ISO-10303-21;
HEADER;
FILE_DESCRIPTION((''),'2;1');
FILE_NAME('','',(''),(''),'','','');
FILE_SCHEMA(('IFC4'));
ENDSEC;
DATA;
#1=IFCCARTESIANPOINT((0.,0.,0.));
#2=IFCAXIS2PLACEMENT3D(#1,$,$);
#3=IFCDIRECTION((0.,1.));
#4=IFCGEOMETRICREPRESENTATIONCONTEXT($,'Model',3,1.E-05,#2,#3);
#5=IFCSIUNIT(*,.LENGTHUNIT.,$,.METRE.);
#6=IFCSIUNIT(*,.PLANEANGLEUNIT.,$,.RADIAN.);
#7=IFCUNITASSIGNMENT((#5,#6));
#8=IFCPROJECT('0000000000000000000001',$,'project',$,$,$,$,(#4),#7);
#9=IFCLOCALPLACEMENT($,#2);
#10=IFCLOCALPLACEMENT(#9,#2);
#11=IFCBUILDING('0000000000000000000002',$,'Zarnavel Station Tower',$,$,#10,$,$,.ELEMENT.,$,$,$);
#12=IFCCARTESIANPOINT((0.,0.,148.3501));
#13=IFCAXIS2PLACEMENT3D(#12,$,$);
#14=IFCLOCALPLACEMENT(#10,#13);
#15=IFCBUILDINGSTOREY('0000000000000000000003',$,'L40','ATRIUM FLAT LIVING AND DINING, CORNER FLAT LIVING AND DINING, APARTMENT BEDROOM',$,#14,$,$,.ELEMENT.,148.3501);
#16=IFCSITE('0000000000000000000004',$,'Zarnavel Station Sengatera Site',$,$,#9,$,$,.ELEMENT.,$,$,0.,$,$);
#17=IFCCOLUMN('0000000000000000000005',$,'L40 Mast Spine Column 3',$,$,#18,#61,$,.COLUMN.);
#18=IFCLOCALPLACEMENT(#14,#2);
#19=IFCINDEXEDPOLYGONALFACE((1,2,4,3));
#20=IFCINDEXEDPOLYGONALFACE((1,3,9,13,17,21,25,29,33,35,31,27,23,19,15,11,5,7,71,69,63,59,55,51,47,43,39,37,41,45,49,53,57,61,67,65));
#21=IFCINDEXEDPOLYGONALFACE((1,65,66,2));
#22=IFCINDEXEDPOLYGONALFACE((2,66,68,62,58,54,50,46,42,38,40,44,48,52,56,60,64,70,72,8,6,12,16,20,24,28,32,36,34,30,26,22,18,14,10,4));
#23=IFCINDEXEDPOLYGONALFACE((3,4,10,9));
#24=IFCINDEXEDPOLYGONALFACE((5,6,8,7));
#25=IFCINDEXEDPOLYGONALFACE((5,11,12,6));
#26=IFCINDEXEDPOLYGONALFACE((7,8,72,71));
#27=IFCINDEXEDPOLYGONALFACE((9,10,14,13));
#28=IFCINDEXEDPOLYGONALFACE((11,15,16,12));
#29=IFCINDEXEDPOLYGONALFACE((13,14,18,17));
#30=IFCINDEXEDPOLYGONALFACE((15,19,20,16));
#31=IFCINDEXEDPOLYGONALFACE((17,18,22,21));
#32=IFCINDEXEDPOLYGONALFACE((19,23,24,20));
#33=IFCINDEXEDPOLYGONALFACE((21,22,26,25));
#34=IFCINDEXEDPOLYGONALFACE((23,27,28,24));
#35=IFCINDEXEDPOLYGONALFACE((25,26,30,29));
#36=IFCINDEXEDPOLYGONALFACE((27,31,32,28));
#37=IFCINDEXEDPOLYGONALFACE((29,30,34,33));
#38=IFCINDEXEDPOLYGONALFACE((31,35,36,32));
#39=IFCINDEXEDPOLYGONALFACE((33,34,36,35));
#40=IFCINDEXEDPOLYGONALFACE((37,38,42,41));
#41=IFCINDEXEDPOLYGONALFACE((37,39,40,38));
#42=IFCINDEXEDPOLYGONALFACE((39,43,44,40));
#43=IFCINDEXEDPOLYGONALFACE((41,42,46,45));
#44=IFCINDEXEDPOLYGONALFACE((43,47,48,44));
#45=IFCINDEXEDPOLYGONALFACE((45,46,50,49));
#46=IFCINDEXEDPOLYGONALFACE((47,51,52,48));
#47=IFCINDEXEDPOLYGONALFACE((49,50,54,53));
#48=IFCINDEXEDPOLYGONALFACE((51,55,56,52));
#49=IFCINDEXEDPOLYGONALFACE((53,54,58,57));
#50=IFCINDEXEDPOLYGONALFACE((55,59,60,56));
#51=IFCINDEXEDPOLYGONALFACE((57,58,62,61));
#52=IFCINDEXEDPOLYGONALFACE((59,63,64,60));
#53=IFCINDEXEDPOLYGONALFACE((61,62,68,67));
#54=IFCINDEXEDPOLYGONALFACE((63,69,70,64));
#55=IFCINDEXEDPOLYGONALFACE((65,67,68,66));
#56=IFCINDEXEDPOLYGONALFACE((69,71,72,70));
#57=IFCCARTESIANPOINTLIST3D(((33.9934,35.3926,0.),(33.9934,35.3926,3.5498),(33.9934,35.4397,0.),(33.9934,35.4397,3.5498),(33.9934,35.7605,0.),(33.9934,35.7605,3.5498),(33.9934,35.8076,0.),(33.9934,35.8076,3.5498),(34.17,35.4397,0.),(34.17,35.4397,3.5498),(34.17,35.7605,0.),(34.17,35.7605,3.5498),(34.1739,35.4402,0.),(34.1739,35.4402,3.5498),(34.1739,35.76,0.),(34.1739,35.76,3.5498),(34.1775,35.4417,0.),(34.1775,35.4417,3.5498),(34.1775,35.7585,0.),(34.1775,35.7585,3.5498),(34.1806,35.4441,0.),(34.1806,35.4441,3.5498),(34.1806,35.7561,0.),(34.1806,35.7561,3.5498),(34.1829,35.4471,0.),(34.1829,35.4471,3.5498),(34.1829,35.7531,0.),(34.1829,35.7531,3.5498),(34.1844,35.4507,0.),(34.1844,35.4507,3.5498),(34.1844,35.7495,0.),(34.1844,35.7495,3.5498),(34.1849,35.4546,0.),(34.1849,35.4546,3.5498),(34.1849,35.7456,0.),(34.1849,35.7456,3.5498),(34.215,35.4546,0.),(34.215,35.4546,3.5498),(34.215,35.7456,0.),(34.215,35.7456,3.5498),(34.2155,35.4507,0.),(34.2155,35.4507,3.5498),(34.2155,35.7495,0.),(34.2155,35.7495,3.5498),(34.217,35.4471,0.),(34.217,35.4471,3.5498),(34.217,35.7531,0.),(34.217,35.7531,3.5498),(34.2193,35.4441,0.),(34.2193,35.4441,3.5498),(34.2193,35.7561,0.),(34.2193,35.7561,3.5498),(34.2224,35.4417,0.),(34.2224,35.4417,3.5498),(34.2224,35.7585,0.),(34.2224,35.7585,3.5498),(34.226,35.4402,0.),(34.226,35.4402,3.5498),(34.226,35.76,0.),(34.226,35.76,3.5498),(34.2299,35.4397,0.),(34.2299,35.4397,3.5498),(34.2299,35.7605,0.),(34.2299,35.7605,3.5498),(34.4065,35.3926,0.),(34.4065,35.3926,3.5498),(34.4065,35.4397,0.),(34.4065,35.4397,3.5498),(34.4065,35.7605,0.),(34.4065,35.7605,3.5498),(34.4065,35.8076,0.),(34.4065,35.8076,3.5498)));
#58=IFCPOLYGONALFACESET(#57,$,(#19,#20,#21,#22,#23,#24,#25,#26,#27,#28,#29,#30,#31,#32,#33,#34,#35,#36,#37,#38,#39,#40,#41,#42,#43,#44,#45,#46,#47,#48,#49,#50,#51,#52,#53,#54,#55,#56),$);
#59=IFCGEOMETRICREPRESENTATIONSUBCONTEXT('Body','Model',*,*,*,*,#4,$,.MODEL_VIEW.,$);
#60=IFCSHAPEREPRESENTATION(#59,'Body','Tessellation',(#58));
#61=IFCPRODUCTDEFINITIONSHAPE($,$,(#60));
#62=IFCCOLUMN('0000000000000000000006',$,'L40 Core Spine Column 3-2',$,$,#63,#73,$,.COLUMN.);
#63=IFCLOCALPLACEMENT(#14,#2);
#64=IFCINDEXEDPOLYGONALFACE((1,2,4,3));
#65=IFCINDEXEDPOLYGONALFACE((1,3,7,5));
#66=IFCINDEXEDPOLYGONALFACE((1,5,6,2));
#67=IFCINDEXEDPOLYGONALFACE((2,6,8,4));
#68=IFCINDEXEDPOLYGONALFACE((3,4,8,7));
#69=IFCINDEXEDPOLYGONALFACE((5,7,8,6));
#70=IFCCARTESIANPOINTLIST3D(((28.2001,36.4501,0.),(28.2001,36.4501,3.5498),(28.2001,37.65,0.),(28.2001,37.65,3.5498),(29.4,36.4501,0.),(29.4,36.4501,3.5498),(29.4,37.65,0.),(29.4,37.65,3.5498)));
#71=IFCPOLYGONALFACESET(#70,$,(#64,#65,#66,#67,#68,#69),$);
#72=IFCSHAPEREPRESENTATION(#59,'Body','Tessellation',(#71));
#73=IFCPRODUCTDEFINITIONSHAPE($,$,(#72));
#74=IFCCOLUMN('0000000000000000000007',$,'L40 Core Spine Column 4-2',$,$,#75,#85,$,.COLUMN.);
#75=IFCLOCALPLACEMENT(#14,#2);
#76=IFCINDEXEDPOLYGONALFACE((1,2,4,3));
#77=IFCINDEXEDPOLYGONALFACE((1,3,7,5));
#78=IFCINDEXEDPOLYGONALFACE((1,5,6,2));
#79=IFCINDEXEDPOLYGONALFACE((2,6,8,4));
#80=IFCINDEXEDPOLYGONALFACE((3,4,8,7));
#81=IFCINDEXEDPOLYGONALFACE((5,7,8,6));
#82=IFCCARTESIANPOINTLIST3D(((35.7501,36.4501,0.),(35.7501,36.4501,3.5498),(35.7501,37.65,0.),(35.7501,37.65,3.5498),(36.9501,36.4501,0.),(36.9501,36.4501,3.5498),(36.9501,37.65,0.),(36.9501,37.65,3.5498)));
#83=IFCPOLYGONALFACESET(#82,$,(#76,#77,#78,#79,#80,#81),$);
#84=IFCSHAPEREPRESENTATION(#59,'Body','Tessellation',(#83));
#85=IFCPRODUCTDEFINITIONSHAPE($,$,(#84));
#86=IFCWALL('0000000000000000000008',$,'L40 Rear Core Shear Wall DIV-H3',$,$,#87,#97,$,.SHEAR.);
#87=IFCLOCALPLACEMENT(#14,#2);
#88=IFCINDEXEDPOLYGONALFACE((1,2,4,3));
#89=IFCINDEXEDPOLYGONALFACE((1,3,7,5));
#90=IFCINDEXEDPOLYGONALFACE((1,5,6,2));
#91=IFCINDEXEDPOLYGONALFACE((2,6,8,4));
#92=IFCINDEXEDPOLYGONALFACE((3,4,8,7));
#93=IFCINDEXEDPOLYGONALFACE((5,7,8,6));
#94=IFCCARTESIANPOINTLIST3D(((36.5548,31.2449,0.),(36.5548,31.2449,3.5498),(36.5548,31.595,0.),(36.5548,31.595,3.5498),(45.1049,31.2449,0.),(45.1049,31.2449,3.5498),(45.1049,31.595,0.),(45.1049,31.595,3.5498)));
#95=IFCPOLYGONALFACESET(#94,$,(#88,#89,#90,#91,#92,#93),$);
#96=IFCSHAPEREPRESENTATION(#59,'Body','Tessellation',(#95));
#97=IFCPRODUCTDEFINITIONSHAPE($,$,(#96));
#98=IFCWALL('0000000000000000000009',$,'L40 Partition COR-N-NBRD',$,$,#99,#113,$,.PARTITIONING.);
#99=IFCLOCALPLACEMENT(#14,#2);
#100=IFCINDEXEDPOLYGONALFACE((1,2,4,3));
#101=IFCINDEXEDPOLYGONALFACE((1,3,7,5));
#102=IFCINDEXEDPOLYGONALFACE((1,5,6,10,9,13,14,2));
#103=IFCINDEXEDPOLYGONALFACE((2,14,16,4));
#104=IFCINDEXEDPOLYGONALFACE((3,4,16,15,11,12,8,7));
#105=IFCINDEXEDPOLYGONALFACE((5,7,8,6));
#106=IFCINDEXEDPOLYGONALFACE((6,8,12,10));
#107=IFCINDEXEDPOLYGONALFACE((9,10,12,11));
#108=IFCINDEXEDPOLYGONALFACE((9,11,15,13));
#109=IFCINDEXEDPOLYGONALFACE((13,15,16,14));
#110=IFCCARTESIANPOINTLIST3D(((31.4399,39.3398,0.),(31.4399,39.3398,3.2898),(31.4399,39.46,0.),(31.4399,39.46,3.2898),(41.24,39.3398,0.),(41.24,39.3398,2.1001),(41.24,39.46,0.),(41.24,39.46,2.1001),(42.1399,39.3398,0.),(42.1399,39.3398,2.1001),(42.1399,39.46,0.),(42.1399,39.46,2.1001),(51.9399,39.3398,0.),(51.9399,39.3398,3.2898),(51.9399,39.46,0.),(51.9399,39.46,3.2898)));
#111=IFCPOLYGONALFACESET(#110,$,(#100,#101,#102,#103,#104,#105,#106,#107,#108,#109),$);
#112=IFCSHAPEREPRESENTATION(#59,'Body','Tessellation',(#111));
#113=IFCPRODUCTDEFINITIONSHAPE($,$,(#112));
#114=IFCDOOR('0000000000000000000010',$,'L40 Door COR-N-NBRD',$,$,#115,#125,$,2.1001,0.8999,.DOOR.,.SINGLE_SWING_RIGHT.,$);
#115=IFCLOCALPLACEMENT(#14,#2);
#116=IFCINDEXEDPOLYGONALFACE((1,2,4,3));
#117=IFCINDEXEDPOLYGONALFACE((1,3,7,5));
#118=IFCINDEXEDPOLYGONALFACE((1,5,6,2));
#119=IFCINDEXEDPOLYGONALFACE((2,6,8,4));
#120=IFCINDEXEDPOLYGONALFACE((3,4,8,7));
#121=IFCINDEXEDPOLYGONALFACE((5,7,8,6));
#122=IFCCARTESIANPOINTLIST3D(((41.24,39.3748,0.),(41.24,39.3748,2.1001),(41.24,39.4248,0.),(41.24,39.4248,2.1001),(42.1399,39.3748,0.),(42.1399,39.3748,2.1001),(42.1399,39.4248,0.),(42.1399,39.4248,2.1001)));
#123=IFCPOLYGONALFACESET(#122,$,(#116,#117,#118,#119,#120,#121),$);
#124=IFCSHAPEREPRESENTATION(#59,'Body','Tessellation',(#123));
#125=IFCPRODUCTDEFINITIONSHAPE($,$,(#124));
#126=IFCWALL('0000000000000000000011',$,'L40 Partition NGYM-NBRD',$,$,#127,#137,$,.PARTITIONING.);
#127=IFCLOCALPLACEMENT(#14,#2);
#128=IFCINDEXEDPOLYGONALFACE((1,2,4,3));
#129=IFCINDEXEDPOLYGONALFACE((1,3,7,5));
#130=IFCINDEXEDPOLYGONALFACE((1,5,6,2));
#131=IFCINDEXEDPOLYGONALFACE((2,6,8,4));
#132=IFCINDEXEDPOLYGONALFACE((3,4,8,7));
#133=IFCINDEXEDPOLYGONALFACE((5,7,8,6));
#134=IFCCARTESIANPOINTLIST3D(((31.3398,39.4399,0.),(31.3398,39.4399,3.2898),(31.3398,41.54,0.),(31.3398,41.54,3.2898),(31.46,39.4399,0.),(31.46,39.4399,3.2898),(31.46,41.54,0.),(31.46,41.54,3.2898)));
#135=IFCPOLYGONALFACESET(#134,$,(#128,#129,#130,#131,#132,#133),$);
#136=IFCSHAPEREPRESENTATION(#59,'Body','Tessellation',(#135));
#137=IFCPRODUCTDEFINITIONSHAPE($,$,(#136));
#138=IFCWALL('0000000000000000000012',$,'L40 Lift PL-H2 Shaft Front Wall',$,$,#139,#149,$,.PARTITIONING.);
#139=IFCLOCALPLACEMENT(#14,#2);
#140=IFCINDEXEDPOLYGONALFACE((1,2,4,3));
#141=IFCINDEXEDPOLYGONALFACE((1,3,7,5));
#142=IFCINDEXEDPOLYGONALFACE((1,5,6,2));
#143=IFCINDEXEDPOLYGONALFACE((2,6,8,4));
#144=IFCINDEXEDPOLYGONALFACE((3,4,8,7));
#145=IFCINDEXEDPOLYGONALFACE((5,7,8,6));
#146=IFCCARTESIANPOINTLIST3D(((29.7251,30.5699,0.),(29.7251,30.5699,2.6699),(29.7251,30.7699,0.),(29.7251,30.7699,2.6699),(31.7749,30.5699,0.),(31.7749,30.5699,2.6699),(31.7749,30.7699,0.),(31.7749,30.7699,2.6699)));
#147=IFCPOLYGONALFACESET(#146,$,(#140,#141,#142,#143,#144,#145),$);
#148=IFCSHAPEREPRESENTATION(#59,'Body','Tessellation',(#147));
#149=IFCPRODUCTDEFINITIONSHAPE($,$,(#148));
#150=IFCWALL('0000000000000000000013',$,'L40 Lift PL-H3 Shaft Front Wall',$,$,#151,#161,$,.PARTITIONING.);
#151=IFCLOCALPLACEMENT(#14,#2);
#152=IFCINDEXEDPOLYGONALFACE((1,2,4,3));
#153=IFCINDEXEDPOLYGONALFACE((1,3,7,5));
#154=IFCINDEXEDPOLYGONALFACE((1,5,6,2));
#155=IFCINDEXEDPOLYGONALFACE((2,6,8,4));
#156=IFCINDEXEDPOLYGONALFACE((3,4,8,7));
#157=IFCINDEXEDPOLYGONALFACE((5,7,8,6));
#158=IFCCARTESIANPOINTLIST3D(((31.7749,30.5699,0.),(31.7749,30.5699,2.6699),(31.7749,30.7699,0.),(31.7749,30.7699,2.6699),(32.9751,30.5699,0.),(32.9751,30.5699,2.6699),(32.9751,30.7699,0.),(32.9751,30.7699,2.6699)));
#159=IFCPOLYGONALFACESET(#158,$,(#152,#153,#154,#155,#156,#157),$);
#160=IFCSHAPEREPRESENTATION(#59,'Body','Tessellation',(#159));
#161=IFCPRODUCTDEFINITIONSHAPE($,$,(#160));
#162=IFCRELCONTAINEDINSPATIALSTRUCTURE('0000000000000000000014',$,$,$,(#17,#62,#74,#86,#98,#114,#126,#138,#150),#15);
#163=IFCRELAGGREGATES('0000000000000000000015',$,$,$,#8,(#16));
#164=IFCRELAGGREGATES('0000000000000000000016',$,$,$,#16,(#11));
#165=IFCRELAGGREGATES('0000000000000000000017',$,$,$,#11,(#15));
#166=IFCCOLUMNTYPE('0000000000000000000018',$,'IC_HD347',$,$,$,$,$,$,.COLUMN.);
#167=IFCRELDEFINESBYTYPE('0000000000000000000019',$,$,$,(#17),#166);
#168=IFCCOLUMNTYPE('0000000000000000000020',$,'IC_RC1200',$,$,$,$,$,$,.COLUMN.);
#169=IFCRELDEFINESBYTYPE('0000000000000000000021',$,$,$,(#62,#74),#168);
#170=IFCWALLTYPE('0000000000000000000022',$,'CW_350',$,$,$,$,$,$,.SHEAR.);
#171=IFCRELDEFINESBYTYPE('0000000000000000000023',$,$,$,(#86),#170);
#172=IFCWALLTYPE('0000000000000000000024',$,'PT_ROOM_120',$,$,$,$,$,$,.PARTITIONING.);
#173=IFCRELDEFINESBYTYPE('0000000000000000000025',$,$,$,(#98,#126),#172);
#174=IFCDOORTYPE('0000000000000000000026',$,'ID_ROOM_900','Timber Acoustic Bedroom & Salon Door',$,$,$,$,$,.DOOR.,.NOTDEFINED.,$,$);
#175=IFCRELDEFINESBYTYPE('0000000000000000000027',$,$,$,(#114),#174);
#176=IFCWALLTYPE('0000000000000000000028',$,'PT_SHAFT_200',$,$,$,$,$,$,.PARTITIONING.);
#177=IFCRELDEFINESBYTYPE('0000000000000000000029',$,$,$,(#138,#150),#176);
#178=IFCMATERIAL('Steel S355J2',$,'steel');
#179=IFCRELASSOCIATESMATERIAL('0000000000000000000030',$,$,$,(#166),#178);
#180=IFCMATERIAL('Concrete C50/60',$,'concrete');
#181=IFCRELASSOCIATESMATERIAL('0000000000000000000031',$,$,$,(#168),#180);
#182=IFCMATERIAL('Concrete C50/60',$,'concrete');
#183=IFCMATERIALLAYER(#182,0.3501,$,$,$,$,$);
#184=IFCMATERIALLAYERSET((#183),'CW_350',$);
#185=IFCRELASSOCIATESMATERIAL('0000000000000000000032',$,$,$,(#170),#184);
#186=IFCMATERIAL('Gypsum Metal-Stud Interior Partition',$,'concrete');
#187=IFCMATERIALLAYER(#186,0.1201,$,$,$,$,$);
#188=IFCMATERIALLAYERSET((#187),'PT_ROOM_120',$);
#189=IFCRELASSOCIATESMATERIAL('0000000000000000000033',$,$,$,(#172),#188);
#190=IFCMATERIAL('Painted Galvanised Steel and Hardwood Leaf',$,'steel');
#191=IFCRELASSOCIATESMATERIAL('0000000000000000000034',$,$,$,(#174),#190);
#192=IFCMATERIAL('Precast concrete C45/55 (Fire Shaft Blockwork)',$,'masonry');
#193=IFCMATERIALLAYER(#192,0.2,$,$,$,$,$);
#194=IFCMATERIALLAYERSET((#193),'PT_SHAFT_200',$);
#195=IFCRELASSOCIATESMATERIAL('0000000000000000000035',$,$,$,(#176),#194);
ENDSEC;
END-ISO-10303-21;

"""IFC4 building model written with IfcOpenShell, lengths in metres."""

from ifc_helpers import new_model, si_unit, direction, frame, frame_2d, origin, origin_2d, place, context, subcontext, project, spatial, rectangle, i_section, extrude, material, layer, layer_set, material_profile, profile_set, type_object, element, fill, save


model = new_model("IFC4")

# Units and contexts
model_context = context("Model", 3, precision=1e-05, world=origin(), true_north=direction((0.0, 1.0)))
body_context = subcontext(model_context, "Body", "Model", "MODEL_VIEW")
ifc_project = project(units=[si_unit("LENGTHUNIT", "METRE"), si_unit("PLANEANGLEUNIT", "RADIAN")], contexts=[model_context])

# Site, building, storey
site_placement = place(None, origin())
site = spatial("IfcSite", under=ifc_project, at=site_placement, Name="Zarnavel Station Sengatera Site", CompositionType="ELEMENT", RefElevation=0.0)
building_placement = place(site_placement, origin())
building = spatial("IfcBuilding", under=site, at=building_placement, Name="Zarnavel Station Tower", CompositionType="ELEMENT")
storey_placement = place(building_placement, frame((0.0, 0.0, 148.3501)))
storey = spatial("IfcBuildingStorey", under=building, at=storey_placement, Name="L40", Description="ATRIUM FLAT LIVING AND DINING, CORNER FLAT LIVING AND DINING, APARTMENT BEDROOM", CompositionType="ELEMENT", Elevation=148.3501)

# Columns
ifc_material_1 = material(Name="Steel S355J2", Category="steel")
ifc_material_profile_1 = material_profile(ifc_material_1, i_section(OverallWidth=0.4131, OverallDepth=0.415, WebThickness=0.03, FlangeThickness=0.0471, FilletRadius=0.0149, at=origin_2d()), Name="HD400x347")
ifc_profile_set_1 = profile_set([ifc_material_profile_1], Name="Steel S355J2")
column_type_1 = type_object("IfcColumnType", Name="IC_HD347", PredefinedType="COLUMN", material=ifc_profile_set_1)
column_placement = place(storey_placement, frame((34.2, 35.6001, 0.0), z_axis=(0.0, 0.0, 1.0), x_axis=(1.0, 0.0, 0.0)))
element("IfcColumn", 1, at=column_placement, inside=storey, type_object=column_type_1, Name="L40 Mast Spine Column 3", PredefinedType="COLUMN", context=body_context, shape_type="SweptSolid", body=[
    extrude(i_section(OverallWidth=0.4131, OverallDepth=0.415, WebThickness=0.03, FlangeThickness=0.0471, FilletRadius=0.0149, at=origin_2d()), origin(), (0.0, 0.0, 1.0), 3.5498),
])
ifc_material_2 = material(Name="Concrete C50/60", Category="concrete")
ifc_material_profile_2 = material_profile(ifc_material_2, rectangle(XDim=1.2, YDim=1.2, at=origin_2d()), Name="RC1200x1200")
ifc_profile_set_2 = profile_set([ifc_material_profile_2], Name="Concrete C50/60")
column_type_2 = type_object("IfcColumnType", Name="IC_RC1200", PredefinedType="COLUMN", material=ifc_profile_set_2)
for number, where, z_axis, x_axis, name in (
    (2, (28.8, 37.05, 0.0), (0.0, 0.0, 1.0), (1.0, 0.0, 0.0), "L40 Core Spine Column 3-2"),
    (3, (36.3501, 37.05, 0.0), (0.0, 0.0, 1.0), (1.0, 0.0, 0.0), "L40 Core Spine Column 4-2"),
):
    element("IfcColumn", number, at=place(storey_placement, frame(where, z_axis=z_axis, x_axis=x_axis)), inside=storey, type_object=column_type_2, Name=name, PredefinedType="COLUMN", context=body_context, shape_type="SweptSolid", body=[
        extrude(rectangle(XDim=1.2, YDim=1.2, at=origin_2d()), origin(), (0.0, 0.0, 1.0), 3.5498),
    ])

# Wall
ifc_material_3 = material(Name="Concrete C50/60", Category="concrete")
ifc_layer_1 = layer(ifc_material_3, 0.3501)
ifc_layer_set_1 = layer_set([ifc_layer_1], Name="CW_350")
wall_type_1 = type_object("IfcWallType", Name="CW_350", PredefinedType="SHEAR", material=ifc_layer_set_1)
wall_1_placement = place(storey_placement, frame((36.5549, 31.4199, 0.0), z_axis=(0.0, 0.0, 1.0), x_axis=(1.0, 0.0, 0.0)))
element("IfcWall", 4, at=wall_1_placement, inside=storey, type_object=wall_type_1, Name="L40 Rear Core Shear Wall DIV-H3", PredefinedType="SHEAR", context=body_context, shape_type="SweptSolid", body=[
    extrude(rectangle(XDim=8.55, YDim=0.3501, at=frame_2d((4.2749, 0.0))), origin(), (0.0, 0.0, 1.0), 3.5498),
])

# Wall, opening, door
ifc_material_4 = material(Name="Gypsum Metal-Stud Interior Partition", Category="concrete")
ifc_layer_2 = layer(ifc_material_4, 0.1201)
ifc_layer_set_2 = layer_set([ifc_layer_2], Name="PT_ROOM_120")
wall_type_2 = type_object("IfcWallType", Name="PT_ROOM_120", PredefinedType="PARTITIONING", material=ifc_layer_set_2)
wall_2_placement = place(storey_placement, frame((31.4399, 39.3999, 0.0), z_axis=(0.0, 0.0, 1.0), x_axis=(1.0, 0.0, 0.0)))
wall_2 = element("IfcWall", 5, at=wall_2_placement, inside=storey, type_object=wall_type_2, Name="L40 Partition COR-N-NBRD", PredefinedType="PARTITIONING", context=body_context, shape_type="SweptSolid", body=[
    extrude(rectangle(XDim=20.5, YDim=0.1201, at=frame_2d((10.25, 0.0))), origin(), (0.0, 0.0, 1.0), 3.2898),
])
opening_1_placement = place(wall_2_placement, frame((9.8, 0.0, 0.0)))
opening_1 = element("IfcOpeningElement", 6, at=opening_1_placement, cuts=wall_2, PredefinedType="OPENING", context=body_context, shape_type="SweptSolid", body=[
    extrude(rectangle(XDim=0.8999, YDim=2.1001, at=frame_2d((0.45, 1.05))), frame((0.0, 0.0701, 0.0), z_axis=(0.0, -1.0, 0.0), x_axis=(1.0, 0.0, 0.0)), (0.0, 0.0, 1.0), 0.1401),
])
ifc_material_5 = material(Name="Painted Galvanised Steel and Hardwood Leaf", Category="steel")
door_type_1 = type_object("IfcDoorType", Name="ID_ROOM_900", Description="Timber Acoustic Bedroom & Salon Door", OperationType="NOTDEFINED", PredefinedType="DOOR", material=ifc_material_5)
door_1_placement = place(opening_1_placement, origin())
door_1 = element("IfcDoor", 7, at=door_1_placement, inside=storey, type_object=door_type_1, Name="L40 Door COR-N-NBRD", OperationType="SINGLE_SWING_RIGHT", OverallHeight=2.1001, OverallWidth=0.8999, PredefinedType="DOOR", context=body_context, shape_type="SweptSolid", body=[
    extrude(rectangle(XDim=0.8999, YDim=2.1001, at=frame_2d((0.45, 1.05))), frame((0.0, 0.0249, 0.0), z_axis=(0.0, -1.0, 0.0), x_axis=(1.0, 0.0, 0.0)), (0.0, 0.0, 1.0), 0.05),
])
fill(opening_1, door_1)

# Wall
wall_3_placement = place(storey_placement, frame((31.3999, 39.4399, 0.0), z_axis=(0.0, 0.0, 1.0), x_axis=(0.0, 1.0, 0.0)))
element("IfcWall", 8, at=wall_3_placement, inside=storey, type_object=wall_type_2, Name="L40 Partition NGYM-NBRD", PredefinedType="PARTITIONING", context=body_context, shape_type="SweptSolid", body=[
    extrude(rectangle(XDim=2.1001, YDim=0.1201, at=frame_2d((1.05, 0.0))), origin(), (0.0, 0.0, 1.0), 3.2898),
])

# Shared definitions
ifc_material_6 = material(Name="Precast concrete C45/55 (Fire Shaft Blockwork)", Category="masonry")
ifc_layer_3 = layer(ifc_material_6, 0.2)
ifc_layer_set_3 = layer_set([ifc_layer_3], Name="PT_SHAFT_200")
wall_type_3 = type_object("IfcWallType", Name="PT_SHAFT_200", PredefinedType="PARTITIONING", material=ifc_layer_set_3)

# Walls
wall_4_placement = place(storey_placement, frame((29.7251, 30.6699, 0.0), z_axis=(0.0, 0.0, 1.0), x_axis=(1.0, 0.0, 0.0)))
element("IfcWall", 9, at=wall_4_placement, inside=storey, type_object=wall_type_3, Name="L40 Lift PL-H2 Shaft Front Wall", PredefinedType="PARTITIONING", context=body_context, shape_type="SweptSolid", body=[
    extrude(rectangle(XDim=2.0498, YDim=0.2, at=frame_2d((1.0249, 0.0))), origin(), (0.0, 0.0, 1.0), 2.6699),
])
wall_5_placement = place(storey_placement, frame((31.7749, 30.6699, 0.0), z_axis=(0.0, 0.0, 1.0), x_axis=(1.0, 0.0, 0.0)))
element("IfcWall", 10, at=wall_5_placement, inside=storey, type_object=wall_type_3, Name="L40 Lift PL-H3 Shaft Front Wall", PredefinedType="PARTITIONING", context=body_context, shape_type="SweptSolid", body=[
    extrude(rectangle(XDim=1.2002, YDim=0.2, at=frame_2d((0.6001, 0.0))), origin(), (0.0, 0.0, 1.0), 2.6699),
])

save(model, "model.ifc")
